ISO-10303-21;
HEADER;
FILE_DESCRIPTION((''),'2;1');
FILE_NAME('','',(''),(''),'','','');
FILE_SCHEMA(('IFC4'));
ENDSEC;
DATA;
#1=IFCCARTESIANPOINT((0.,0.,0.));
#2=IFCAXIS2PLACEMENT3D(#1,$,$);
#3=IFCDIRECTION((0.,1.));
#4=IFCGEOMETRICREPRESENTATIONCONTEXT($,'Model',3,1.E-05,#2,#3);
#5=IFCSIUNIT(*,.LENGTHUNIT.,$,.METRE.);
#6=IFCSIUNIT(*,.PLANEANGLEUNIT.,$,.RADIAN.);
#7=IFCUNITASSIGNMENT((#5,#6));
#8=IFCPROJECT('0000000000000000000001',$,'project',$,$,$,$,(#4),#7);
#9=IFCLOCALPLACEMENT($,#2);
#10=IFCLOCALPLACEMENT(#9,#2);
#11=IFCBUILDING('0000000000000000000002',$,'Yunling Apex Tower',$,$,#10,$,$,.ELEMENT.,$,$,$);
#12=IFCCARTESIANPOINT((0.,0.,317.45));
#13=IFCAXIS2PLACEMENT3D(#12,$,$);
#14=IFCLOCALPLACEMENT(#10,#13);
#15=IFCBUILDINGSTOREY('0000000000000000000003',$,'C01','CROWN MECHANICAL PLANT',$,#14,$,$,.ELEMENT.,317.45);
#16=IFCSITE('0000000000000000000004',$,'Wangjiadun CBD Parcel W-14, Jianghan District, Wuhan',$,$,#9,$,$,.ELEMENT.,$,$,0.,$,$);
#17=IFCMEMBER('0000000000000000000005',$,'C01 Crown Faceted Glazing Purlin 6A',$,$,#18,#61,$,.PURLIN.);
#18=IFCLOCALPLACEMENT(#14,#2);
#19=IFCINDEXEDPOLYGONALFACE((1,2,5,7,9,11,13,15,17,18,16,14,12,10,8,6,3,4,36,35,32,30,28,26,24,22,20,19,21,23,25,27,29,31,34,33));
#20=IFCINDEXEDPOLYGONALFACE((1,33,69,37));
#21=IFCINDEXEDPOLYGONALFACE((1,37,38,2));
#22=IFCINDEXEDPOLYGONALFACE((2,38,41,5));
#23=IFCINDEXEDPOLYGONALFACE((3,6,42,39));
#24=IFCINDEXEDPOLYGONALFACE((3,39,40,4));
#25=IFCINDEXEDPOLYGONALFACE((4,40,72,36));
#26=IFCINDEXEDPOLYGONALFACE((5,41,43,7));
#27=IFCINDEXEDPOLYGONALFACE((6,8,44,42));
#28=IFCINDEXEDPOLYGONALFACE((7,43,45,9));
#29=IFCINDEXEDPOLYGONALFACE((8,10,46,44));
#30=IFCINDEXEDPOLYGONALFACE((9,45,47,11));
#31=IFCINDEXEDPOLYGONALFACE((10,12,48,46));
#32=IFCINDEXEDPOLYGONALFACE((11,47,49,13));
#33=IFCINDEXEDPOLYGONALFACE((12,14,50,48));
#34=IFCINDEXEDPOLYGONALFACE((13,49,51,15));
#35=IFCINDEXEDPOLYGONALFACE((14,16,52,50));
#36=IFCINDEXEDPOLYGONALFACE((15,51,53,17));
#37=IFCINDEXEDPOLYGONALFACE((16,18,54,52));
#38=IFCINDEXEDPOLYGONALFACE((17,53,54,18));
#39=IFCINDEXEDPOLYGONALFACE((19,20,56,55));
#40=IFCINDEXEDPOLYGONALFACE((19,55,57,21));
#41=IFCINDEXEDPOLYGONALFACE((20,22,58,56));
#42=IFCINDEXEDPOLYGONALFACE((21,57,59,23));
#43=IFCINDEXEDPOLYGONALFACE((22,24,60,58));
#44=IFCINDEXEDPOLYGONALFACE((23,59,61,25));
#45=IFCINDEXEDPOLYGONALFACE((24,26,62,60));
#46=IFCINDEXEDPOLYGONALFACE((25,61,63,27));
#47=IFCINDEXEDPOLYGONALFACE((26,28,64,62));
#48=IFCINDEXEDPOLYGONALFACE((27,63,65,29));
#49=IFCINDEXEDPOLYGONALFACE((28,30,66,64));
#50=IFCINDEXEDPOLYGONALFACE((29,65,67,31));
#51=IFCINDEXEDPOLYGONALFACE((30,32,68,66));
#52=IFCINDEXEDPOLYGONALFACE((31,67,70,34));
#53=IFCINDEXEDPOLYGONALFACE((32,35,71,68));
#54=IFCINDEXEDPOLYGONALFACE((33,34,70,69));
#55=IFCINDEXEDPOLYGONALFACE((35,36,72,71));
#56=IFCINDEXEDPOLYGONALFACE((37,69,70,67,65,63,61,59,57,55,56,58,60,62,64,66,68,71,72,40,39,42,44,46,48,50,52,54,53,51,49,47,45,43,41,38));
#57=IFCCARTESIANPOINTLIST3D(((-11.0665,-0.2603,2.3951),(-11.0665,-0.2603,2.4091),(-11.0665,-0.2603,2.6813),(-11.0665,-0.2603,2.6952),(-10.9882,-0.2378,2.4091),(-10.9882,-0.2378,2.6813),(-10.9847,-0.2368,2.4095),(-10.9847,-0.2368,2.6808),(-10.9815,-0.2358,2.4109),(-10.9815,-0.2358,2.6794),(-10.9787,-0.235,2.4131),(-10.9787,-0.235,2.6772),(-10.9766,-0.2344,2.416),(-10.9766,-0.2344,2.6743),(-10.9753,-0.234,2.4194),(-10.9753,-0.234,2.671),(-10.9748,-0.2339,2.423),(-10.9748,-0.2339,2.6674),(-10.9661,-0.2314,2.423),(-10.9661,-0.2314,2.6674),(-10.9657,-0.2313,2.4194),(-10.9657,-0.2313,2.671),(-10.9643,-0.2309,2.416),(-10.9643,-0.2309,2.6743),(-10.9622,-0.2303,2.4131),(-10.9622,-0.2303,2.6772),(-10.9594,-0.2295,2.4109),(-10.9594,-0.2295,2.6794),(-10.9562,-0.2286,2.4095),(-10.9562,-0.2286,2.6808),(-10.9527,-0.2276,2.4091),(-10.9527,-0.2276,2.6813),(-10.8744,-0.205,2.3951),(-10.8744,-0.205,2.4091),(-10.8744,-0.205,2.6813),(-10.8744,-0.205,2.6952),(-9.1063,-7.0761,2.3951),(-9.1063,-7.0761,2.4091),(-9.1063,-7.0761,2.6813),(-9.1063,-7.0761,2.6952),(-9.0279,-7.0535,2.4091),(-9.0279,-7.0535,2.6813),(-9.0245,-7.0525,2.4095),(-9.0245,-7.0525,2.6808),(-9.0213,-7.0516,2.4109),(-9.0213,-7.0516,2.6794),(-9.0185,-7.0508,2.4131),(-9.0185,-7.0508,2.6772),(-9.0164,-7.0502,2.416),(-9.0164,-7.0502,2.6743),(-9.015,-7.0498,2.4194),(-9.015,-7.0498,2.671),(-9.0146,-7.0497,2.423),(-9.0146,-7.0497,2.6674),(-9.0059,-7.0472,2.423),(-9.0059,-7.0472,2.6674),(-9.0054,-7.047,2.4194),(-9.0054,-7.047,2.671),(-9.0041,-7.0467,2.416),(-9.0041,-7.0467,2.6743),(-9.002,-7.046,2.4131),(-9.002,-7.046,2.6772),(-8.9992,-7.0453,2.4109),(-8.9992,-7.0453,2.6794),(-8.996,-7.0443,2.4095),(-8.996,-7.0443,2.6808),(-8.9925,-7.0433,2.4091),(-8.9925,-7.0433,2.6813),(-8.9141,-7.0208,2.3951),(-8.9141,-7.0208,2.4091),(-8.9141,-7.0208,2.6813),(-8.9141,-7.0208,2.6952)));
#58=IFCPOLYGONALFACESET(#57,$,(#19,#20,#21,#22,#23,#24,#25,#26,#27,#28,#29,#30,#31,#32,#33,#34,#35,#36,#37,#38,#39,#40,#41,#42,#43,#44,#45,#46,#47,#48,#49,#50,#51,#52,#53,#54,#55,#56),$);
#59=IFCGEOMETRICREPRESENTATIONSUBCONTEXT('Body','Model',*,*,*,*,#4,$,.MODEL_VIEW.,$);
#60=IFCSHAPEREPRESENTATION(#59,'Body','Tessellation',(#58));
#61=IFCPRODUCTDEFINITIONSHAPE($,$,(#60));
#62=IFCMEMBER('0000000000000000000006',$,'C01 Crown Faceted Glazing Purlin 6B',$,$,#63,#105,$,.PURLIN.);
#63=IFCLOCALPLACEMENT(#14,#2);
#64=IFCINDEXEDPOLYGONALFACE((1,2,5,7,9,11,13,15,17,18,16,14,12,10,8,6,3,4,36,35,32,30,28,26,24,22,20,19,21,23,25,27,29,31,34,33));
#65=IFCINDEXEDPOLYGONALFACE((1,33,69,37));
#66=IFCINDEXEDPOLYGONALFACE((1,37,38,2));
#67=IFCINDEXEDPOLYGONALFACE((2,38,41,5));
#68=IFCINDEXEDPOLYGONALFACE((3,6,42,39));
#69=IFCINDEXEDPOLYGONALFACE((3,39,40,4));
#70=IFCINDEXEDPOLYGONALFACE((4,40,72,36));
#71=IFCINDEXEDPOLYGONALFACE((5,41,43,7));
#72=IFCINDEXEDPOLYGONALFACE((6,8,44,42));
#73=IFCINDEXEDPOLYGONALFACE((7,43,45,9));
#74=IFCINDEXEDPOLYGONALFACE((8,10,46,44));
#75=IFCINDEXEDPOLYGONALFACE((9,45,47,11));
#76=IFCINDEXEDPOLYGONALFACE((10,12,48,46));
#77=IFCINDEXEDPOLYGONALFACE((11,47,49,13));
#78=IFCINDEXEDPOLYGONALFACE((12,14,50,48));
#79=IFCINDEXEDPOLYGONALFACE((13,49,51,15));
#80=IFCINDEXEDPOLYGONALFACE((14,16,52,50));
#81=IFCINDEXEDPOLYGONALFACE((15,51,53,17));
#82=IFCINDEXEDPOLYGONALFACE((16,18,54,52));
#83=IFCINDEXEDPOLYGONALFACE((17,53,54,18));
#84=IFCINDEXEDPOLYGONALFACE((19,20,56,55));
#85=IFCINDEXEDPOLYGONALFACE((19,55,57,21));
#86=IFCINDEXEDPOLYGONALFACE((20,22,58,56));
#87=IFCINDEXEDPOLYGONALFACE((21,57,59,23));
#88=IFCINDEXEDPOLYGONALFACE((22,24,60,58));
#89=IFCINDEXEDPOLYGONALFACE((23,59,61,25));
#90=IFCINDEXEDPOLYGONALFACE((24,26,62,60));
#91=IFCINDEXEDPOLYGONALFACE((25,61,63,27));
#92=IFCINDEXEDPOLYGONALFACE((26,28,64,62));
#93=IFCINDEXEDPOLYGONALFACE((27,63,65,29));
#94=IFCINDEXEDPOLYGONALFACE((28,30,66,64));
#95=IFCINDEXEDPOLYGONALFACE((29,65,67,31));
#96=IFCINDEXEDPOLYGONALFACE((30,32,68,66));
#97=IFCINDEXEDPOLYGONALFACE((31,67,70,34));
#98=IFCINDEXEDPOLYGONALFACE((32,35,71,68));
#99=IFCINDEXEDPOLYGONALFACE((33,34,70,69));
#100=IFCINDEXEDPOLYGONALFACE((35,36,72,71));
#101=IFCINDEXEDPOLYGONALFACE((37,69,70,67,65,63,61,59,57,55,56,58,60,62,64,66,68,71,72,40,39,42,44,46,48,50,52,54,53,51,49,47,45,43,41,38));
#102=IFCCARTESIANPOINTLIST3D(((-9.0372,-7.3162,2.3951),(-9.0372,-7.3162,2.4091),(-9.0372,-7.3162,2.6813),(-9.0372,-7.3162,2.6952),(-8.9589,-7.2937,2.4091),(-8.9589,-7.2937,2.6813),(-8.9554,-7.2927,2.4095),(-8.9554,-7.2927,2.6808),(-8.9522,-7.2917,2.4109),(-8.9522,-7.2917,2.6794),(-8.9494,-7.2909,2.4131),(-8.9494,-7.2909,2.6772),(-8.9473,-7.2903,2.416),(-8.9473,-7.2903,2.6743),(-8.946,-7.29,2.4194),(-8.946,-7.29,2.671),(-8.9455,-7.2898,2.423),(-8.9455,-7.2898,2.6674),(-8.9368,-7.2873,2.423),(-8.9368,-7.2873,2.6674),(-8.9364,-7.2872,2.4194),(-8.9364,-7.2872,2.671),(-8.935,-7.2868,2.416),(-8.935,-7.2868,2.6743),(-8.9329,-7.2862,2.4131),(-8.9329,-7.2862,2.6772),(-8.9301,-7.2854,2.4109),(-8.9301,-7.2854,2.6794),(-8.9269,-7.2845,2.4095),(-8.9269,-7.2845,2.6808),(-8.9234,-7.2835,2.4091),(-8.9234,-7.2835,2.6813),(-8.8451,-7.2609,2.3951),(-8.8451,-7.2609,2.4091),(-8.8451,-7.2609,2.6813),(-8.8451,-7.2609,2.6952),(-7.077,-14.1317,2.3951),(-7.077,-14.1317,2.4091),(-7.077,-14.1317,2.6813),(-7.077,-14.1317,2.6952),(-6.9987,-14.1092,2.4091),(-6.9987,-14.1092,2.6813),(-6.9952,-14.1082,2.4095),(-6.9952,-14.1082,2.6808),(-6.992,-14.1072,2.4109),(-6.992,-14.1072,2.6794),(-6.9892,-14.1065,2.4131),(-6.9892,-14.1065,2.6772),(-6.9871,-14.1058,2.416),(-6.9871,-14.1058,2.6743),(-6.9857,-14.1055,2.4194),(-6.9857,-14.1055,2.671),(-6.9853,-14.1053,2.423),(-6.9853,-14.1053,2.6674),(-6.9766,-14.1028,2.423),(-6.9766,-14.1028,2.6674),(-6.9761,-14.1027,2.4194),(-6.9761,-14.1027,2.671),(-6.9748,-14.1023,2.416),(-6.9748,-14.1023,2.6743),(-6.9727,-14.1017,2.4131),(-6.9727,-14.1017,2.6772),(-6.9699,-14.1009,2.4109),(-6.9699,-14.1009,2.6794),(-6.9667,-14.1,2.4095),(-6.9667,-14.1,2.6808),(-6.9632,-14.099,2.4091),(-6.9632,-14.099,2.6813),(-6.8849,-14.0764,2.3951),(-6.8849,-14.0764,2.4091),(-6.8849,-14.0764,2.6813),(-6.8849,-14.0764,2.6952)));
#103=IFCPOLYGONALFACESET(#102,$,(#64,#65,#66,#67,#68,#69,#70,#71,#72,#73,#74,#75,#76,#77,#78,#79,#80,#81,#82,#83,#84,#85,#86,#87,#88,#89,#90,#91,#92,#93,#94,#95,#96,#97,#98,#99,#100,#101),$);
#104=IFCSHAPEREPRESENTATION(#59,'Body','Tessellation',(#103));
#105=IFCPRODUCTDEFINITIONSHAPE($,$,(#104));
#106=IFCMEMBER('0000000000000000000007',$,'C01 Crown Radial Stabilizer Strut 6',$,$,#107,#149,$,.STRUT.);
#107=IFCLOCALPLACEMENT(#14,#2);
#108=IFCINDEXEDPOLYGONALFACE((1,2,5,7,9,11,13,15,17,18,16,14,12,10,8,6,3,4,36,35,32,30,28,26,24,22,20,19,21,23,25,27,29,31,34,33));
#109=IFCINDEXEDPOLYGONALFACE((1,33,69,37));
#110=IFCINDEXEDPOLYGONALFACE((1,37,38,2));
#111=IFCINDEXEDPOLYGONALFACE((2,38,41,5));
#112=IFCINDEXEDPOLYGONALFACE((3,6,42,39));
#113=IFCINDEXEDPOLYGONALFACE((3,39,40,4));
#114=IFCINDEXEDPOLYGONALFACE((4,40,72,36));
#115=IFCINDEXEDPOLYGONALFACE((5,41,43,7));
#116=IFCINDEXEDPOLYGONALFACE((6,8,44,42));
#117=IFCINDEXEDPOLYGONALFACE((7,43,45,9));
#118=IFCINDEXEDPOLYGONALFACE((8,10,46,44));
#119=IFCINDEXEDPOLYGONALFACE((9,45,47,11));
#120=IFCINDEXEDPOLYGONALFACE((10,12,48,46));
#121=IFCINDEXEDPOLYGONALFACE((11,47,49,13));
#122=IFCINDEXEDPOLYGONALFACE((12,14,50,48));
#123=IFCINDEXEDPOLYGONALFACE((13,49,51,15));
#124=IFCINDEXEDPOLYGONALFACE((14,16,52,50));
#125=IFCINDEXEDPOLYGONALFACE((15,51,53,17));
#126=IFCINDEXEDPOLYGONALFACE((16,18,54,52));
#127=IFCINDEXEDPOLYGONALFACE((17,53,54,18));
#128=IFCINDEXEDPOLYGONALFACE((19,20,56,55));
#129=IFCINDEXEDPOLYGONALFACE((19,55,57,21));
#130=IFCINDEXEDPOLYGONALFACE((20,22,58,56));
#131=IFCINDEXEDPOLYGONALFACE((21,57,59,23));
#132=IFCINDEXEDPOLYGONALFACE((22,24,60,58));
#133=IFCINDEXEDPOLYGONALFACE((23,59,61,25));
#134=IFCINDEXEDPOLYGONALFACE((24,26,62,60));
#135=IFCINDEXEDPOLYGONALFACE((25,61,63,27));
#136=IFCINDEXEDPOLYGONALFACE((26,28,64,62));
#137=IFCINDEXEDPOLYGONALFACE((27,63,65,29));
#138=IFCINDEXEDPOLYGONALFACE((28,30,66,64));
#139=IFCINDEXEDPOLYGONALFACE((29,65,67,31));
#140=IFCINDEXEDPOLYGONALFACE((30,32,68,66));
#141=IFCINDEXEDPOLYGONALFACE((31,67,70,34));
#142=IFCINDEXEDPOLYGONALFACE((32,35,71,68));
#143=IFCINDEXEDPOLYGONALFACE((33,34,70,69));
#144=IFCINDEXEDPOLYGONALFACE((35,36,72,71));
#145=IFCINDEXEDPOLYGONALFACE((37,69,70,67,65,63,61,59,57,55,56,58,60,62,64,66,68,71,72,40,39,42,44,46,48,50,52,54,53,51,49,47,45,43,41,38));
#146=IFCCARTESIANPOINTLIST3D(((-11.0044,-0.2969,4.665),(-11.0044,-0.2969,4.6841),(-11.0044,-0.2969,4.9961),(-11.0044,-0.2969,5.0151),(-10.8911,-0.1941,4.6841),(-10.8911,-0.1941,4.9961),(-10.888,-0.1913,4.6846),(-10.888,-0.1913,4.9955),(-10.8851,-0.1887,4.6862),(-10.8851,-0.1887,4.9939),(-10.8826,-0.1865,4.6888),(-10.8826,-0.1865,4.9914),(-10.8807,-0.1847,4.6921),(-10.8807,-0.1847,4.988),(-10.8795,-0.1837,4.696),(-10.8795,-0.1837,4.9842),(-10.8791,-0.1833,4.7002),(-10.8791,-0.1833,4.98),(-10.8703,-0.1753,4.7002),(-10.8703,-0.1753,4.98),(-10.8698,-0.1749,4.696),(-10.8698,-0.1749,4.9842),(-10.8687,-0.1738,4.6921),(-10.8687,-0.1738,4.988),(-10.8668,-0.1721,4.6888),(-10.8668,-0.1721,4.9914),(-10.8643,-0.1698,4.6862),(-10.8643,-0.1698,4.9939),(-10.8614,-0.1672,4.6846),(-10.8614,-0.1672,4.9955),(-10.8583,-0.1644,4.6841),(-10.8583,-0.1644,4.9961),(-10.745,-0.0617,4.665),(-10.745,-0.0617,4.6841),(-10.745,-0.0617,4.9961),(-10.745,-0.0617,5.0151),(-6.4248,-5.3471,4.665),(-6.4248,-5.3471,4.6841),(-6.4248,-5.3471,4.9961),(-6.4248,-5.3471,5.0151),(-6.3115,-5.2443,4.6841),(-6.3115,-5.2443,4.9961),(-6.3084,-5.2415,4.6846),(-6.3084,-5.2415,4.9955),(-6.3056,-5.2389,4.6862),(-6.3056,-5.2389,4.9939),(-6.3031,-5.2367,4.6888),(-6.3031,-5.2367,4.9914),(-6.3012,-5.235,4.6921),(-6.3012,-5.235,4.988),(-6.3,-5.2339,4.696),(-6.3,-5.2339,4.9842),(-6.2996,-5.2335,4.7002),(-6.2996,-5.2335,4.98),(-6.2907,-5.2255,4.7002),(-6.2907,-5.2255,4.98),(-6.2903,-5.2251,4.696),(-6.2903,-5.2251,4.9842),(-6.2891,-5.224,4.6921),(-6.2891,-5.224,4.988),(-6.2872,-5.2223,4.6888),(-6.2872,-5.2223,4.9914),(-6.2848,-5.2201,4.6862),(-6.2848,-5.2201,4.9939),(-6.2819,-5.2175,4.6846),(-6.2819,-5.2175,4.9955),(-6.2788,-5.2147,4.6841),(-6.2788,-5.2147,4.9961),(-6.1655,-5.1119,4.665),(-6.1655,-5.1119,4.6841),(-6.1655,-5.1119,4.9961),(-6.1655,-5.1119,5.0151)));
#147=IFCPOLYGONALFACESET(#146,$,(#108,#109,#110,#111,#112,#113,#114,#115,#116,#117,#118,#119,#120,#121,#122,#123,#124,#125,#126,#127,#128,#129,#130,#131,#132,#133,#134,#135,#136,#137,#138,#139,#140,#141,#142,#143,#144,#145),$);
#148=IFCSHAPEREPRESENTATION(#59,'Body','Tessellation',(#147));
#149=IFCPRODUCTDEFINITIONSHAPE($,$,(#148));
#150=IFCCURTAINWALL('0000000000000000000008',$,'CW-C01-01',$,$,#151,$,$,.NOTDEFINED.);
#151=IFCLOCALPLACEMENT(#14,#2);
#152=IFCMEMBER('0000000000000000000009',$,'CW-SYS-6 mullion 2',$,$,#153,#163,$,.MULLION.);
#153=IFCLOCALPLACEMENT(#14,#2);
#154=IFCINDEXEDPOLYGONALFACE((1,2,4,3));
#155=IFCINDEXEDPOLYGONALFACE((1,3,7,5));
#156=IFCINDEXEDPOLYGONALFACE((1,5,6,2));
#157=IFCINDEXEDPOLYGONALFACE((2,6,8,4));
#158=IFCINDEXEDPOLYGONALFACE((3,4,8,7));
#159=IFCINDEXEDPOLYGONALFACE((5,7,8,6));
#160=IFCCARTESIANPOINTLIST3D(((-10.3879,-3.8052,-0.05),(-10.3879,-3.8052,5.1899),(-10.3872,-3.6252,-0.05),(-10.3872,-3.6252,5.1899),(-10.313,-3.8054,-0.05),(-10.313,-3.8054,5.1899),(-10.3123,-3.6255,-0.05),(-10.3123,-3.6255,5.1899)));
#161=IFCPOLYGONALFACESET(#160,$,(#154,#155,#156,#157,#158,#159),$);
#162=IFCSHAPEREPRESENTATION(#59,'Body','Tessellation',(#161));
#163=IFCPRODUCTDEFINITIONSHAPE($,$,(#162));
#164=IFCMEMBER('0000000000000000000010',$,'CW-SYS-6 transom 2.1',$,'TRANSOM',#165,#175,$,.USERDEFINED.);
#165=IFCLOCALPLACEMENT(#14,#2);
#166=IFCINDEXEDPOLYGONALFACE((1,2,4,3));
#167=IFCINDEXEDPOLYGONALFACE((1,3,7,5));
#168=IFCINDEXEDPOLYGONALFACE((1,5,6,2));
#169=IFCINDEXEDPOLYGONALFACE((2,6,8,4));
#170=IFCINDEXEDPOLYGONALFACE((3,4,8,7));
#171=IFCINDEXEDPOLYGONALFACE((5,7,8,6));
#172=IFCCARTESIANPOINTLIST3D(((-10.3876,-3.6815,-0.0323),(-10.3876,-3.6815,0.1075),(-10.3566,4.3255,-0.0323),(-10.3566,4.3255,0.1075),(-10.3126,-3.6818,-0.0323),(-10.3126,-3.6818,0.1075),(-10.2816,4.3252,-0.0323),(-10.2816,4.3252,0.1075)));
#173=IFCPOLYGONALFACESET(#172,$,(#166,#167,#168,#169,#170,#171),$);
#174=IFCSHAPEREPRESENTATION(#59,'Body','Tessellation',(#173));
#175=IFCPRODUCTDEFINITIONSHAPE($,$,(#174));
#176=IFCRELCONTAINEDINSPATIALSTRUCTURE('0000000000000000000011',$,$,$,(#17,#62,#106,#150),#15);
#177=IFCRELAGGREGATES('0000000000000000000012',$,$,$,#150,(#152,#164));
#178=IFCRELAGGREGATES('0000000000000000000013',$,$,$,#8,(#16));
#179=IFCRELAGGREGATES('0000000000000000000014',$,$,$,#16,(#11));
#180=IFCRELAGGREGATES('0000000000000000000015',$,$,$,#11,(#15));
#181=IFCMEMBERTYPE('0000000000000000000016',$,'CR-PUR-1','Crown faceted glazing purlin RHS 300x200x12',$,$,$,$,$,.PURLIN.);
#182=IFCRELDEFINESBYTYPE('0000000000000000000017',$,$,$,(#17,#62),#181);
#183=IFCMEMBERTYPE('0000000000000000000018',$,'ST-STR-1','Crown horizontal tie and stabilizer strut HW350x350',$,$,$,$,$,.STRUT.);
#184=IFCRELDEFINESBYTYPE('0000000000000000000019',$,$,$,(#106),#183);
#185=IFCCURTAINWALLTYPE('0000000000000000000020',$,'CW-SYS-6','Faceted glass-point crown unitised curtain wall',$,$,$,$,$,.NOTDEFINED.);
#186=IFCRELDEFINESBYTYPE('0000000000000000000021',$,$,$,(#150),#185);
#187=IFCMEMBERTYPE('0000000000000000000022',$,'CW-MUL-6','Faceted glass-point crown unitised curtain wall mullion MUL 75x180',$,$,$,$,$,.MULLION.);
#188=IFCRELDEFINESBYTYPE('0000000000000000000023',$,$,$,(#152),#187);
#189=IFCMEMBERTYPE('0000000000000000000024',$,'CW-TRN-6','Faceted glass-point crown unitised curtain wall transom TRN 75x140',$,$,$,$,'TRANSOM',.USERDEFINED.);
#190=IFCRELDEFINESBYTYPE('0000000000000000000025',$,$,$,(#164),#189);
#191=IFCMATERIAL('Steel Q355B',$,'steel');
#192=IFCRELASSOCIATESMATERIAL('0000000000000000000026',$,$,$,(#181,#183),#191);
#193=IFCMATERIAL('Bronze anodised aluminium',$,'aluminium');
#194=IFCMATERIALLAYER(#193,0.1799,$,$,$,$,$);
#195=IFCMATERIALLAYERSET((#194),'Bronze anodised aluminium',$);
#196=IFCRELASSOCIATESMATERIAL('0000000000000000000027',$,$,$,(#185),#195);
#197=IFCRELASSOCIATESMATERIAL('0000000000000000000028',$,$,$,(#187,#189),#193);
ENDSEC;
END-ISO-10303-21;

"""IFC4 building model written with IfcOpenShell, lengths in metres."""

from ifc_helpers import new_model, si_unit, direction, frame, origin, origin_2d, place, context, subcontext, project, spatial, rectangle, i_section, extrude, source, transform, mapped, material, layer, layer_set, material_profile, profile_set, type_object, element, aggregate, save


model = new_model("IFC4")

# Units and contexts
model_context = context("Model", 3, precision=1e-05, world=origin(), true_north=direction((0.0, 1.0)))
body_context = subcontext(model_context, "Body", "Model", "MODEL_VIEW")
ifc_project = project(units=[si_unit("LENGTHUNIT", "METRE"), si_unit("PLANEANGLEUNIT", "RADIAN")], contexts=[model_context])

# Site, building, storey
site_placement = place(None, origin())
site = spatial("IfcSite", under=ifc_project, at=site_placement, Name="Wangjiadun CBD Parcel W-14, Jianghan District, Wuhan", CompositionType="ELEMENT", RefElevation=0.0)
building_placement = place(site_placement, origin())
building = spatial("IfcBuilding", under=site, at=building_placement, Name="Yunling Apex Tower", CompositionType="ELEMENT")
storey_placement = place(building_placement, frame((0.0, 0.0, 317.45)))
storey = spatial("IfcBuildingStorey", under=building, at=storey_placement, Name="C01", Description="CROWN MECHANICAL PLANT", CompositionType="ELEMENT", Elevation=317.45)

# Shared definitions
ifc_material_1 = material(Name="Steel Q355B", Category="steel")

# Members
ifc_material_profile_1 = material_profile(ifc_material_1, i_section(OverallWidth=0.2, OverallDepth=0.3, WebThickness=0.009, FlangeThickness=0.0139, FilletRadius=0.0139, at=origin_2d()))
ifc_profile_set_1 = profile_set([ifc_material_profile_1], Name="Steel Q355B")
member_type_1 = type_object("IfcMemberType", Name="CR-PUR-1", Description="Crown faceted glazing purlin RHS 300x200x12", PredefinedType="PURLIN", material=ifc_profile_set_1)
shared_shape_1 = source(origin(), body_context, "Body", "SweptSolid", [
    extrude(i_section(OverallWidth=0.2, OverallDepth=0.3, WebThickness=0.009, FlangeThickness=0.0139, FilletRadius=0.0139, at=origin_2d()), origin(), (0.0, 0.0, 1.0), 7.092),
])
member_1_placement = place(storey_placement, frame((-10.9705, -0.2327, 2.5452), z_axis=(0.276398, -0.961043, 0.0), x_axis=(0.961043, 0.276398, 0.0)))
element("IfcMember", 1, at=member_1_placement, inside=storey, type_object=member_type_1, Name="C01 Crown Faceted Glazing Purlin 6A", PredefinedType="PURLIN", context=body_context, shape_type="MappedRepresentation", body=[
    mapped(shared_shape_1, transform((0.0, 0.0, 0.0), scale=1.0)),
])
shared_shape_2 = source(origin(), body_context, "Body", "SweptSolid", [
    extrude(i_section(OverallWidth=0.2, OverallDepth=0.3, WebThickness=0.009, FlangeThickness=0.0139, FilletRadius=0.0139, at=origin_2d()), origin(), (0.0, 0.0, 1.0), 7.0918),
])
member_2_placement = place(storey_placement, frame((-8.9412, -7.2886, 2.5452), z_axis=(0.276408, -0.961041, 0.0), x_axis=(0.961041, 0.276408, 0.0)))
element("IfcMember", 2, at=member_2_placement, inside=storey, type_object=member_type_1, Name="C01 Crown Faceted Glazing Purlin 6B", PredefinedType="PURLIN", context=body_context, shape_type="MappedRepresentation", body=[
    mapped(shared_shape_2, transform((0.0, 0.0, 0.0), scale=1.0)),
])
ifc_material_profile_2 = material_profile(ifc_material_1, i_section(OverallWidth=0.3501, OverallDepth=0.3501, WebThickness=0.012, FlangeThickness=0.019, FilletRadius=0.0161, at=origin_2d()))
ifc_profile_set_2 = profile_set([ifc_material_profile_2], Name="Steel Q355B")
member_type_2 = type_object("IfcMemberType", Name="ST-STR-1", Description="Crown horizontal tie and stabilizer strut HW350x350", PredefinedType="STRUT", material=ifc_profile_set_2)
shared_shape_3 = source(origin(), body_context, "Body", "SweptSolid", [
    extrude(i_section(OverallWidth=0.3501, OverallDepth=0.3501, WebThickness=0.012, FlangeThickness=0.019, FilletRadius=0.0161, at=origin_2d()), origin(), (0.0, 0.0, 1.0), 6.8174),
])
member_3_placement = place(storey_placement, frame((-6.2952, -5.2295, 4.8401), z_axis=(-0.671742, 0.740785, 0.0), x_axis=(-0.740785, -0.671742, 0.0)))
element("IfcMember", 3, at=member_3_placement, inside=storey, type_object=member_type_2, Name="C01 Crown Radial Stabilizer Strut 6", PredefinedType="STRUT", context=body_context, shape_type="MappedRepresentation", body=[
    mapped(shared_shape_3, transform((0.0, 0.0, 0.0), scale=1.0)),
])

# Curtain wall, members
ifc_material_2 = material(Name="Bronze anodised aluminium", Category="aluminium")
ifc_layer_1 = layer(ifc_material_2, 0.1799)
ifc_layer_set_1 = layer_set([ifc_layer_1], Name="Bronze anodised aluminium")
curtain_wall_type = type_object("IfcCurtainWallType", Name="CW-SYS-6", Description="Faceted glass-point crown unitised curtain wall", PredefinedType="NOTDEFINED", material=ifc_layer_set_1)
curtain_wall_placement = place(storey_placement, origin())
curtain_wall = element("IfcCurtainWall", 4, at=curtain_wall_placement, inside=storey, type_object=curtain_wall_type, Name="CW-C01-01", PredefinedType="NOTDEFINED")
ifc_material_profile_3 = material_profile(ifc_material_2, rectangle(XDim=0.075, YDim=0.1799, at=origin_2d()))
ifc_profile_set_3 = profile_set([ifc_material_profile_3], Name="Bronze anodised aluminium")
member_type_3 = type_object("IfcMemberType", Name="CW-MUL-6", Description="Faceted glass-point crown unitised curtain wall mullion MUL 75x180", PredefinedType="MULLION", material=ifc_profile_set_3)
shared_shape_4 = source(origin(), body_context, "Body", "SweptSolid", [
    extrude(rectangle(XDim=0.075, YDim=0.1799, at=origin_2d()), origin(), (0.0, 0.0, 1.0), 5.24),
])
member_4_placement = place(storey_placement, frame((-10.3501, -3.7153, -0.05), z_axis=(0.0, 0.0, 1.0), x_axis=(-0.999993, 0.003847, 0.0)))
member_4 = element("IfcMember", 5, at=member_4_placement, type_object=member_type_3, Name="CW-SYS-6 mullion 2", PredefinedType="MULLION", context=body_context, shape_type="MappedRepresentation", body=[
    mapped(shared_shape_4, transform((0.0, 0.0, 0.0), scale=1.0)),
])
ifc_material_profile_4 = material_profile(ifc_material_2, rectangle(XDim=0.075, YDim=0.1399, at=origin_2d()))
ifc_profile_set_4 = profile_set([ifc_material_profile_4], Name="Bronze anodised aluminium")
member_type_4 = type_object("IfcMemberType", Name="CW-TRN-6", Description="Faceted glass-point crown unitised curtain wall transom TRN 75x140", ElementType="TRANSOM", PredefinedType="USERDEFINED", material=ifc_profile_set_4)
shared_shape_5 = source(origin(), body_context, "Body", "SweptSolid", [
    extrude(rectangle(XDim=0.075, YDim=0.1399, at=origin_2d()), origin(), (0.0, 0.0, 1.0), 8.0071),
])
member_5_placement = place(storey_placement, frame((-10.3501, -3.6816, 0.0376), z_axis=(0.003872, 0.999993, 0.0), x_axis=(-0.999993, 0.003872, 0.0)))
member_5 = element("IfcMember", 6, at=member_5_placement, type_object=member_type_4, Name="CW-SYS-6 transom 2.1", ObjectType="TRANSOM", PredefinedType="USERDEFINED", context=body_context, shape_type="MappedRepresentation", body=[
    mapped(shared_shape_5, transform((0.0, 0.0, 0.0), scale=1.0)),
])

aggregate(curtain_wall, [member_4, member_5])

save(model, "model.ifc")
